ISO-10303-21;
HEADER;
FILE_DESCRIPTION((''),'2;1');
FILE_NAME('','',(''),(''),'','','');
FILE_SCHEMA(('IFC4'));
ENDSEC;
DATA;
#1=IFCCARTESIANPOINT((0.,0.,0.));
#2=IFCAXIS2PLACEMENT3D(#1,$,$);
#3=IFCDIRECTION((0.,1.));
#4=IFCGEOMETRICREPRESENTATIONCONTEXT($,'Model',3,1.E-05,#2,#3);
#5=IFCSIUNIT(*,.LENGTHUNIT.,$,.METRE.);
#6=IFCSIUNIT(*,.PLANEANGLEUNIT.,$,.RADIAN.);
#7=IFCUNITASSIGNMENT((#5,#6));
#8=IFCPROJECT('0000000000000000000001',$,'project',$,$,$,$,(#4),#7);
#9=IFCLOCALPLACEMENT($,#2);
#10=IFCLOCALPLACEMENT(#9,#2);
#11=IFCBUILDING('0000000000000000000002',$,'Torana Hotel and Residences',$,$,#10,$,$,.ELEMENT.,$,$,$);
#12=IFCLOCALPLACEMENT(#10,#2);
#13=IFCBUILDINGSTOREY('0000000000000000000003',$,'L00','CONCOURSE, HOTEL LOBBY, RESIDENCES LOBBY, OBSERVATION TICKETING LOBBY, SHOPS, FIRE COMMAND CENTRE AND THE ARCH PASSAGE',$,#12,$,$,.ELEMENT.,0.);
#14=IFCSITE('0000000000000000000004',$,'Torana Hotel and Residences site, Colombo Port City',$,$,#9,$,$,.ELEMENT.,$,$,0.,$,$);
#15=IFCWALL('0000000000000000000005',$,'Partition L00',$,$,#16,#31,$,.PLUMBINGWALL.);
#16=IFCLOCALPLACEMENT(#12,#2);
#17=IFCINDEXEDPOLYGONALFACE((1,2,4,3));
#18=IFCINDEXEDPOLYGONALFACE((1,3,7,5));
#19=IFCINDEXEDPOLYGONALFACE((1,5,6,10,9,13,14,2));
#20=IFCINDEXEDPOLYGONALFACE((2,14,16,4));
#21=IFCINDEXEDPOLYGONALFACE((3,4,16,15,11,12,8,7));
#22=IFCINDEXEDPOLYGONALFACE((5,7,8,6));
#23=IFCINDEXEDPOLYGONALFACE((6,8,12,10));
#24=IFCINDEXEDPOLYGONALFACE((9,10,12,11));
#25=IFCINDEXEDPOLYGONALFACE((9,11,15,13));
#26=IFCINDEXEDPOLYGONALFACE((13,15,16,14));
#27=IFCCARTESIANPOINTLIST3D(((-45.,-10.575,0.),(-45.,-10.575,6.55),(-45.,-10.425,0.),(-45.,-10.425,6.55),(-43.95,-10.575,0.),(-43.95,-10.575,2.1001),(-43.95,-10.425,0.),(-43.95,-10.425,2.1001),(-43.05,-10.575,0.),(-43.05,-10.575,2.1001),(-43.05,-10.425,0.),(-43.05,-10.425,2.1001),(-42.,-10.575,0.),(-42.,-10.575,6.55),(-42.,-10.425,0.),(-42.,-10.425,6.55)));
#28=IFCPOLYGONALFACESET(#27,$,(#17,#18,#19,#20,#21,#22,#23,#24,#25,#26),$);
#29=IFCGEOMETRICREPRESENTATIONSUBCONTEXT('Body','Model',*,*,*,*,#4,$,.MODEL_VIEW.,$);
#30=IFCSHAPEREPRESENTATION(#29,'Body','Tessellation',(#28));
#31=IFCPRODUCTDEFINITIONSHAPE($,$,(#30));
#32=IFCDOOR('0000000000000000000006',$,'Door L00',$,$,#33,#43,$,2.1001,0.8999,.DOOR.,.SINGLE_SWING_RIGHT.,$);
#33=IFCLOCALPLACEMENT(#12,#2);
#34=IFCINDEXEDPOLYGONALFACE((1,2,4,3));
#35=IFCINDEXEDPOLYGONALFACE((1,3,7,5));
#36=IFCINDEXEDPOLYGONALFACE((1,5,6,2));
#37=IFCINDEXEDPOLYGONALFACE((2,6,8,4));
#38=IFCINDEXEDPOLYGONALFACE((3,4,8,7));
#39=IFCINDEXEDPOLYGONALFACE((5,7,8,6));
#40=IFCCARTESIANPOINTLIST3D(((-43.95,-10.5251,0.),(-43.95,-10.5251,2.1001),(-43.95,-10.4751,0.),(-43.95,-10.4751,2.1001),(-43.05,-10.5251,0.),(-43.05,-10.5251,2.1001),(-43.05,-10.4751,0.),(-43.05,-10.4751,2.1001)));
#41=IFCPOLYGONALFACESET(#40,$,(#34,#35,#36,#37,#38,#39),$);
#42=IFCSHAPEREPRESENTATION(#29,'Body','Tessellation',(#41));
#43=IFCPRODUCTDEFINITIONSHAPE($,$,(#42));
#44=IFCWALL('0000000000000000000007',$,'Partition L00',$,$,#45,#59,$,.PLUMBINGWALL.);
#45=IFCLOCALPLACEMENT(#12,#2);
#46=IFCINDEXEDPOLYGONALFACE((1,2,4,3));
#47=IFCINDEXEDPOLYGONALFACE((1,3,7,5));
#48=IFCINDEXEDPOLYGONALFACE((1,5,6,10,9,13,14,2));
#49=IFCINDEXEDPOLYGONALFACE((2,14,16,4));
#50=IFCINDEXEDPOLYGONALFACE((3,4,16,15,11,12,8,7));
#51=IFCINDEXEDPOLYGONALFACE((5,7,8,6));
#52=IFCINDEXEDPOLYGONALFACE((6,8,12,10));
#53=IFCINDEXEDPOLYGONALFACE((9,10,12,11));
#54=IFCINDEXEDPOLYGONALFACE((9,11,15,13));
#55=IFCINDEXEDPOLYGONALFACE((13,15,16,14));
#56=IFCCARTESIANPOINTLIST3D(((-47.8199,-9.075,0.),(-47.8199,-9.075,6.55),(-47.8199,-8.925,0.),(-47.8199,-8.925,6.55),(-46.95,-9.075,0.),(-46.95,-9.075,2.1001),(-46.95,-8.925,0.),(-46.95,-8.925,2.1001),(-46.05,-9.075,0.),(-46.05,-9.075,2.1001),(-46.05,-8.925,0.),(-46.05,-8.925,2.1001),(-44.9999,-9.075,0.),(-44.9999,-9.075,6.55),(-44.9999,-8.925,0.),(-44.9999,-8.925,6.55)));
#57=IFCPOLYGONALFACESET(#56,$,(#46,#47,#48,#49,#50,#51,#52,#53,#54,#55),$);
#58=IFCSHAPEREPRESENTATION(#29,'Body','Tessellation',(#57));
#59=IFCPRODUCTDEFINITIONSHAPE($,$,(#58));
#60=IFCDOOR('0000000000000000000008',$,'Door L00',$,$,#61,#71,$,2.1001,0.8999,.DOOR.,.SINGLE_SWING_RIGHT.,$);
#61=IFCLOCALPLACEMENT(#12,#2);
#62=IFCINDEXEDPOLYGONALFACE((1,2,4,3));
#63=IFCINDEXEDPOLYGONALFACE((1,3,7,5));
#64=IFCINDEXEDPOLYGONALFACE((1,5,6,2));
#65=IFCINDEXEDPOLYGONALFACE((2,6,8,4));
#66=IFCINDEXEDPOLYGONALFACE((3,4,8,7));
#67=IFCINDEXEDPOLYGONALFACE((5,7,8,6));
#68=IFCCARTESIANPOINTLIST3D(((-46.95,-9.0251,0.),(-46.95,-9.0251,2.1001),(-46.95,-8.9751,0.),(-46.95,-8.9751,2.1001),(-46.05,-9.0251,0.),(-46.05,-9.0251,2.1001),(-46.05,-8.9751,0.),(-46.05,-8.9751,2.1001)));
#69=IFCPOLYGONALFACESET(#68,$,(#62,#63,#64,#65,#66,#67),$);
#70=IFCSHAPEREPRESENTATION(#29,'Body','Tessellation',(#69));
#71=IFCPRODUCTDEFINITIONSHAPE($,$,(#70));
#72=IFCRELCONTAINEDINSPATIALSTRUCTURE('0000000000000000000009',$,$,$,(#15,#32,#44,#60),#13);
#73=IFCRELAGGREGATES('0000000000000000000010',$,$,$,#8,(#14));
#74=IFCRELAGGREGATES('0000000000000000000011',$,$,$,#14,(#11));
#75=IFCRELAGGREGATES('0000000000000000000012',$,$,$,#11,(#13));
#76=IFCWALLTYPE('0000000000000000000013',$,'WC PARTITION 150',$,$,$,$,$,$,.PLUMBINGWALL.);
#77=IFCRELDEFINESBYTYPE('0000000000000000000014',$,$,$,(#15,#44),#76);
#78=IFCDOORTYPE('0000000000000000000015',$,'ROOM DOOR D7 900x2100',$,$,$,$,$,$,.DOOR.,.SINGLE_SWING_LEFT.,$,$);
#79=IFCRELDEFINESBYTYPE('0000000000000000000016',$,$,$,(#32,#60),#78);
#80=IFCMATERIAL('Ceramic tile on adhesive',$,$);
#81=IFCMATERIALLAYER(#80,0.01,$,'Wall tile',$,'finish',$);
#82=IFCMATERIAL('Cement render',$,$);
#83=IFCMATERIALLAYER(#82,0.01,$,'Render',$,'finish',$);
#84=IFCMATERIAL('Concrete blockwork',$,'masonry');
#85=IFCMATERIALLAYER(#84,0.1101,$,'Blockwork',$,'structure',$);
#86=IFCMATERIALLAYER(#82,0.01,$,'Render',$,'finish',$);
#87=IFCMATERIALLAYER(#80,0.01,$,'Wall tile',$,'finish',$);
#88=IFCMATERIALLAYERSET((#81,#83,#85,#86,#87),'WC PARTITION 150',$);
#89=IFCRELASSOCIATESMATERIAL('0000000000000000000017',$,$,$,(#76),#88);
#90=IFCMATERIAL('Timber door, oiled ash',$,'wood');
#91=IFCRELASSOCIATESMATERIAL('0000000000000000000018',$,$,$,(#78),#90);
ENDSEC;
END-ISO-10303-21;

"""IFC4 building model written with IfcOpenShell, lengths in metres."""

from ifc_helpers import new_model, si_unit, direction, frame, frame_2d, origin, place, context, subcontext, project, spatial, rectangle, extrude, material, layer, layer_set, type_object, element, fill, save


model = new_model("IFC4")

# Units and contexts
model_context = context("Model", 3, precision=1e-05, world=origin(), true_north=direction((0.0, 1.0)))
body_context = subcontext(model_context, "Body", "Model", "MODEL_VIEW")
ifc_project = project(units=[si_unit("LENGTHUNIT", "METRE"), si_unit("PLANEANGLEUNIT", "RADIAN")], contexts=[model_context])

# Site, building, storey
site_placement = place(None, origin())
site = spatial("IfcSite", under=ifc_project, at=site_placement, Name="Torana Hotel and Residences site, Colombo Port City", CompositionType="ELEMENT", RefElevation=0.0)
building_placement = place(site_placement, origin())
building = spatial("IfcBuilding", under=site, at=building_placement, Name="Torana Hotel and Residences", CompositionType="ELEMENT")
storey_placement = place(building_placement, origin())
storey = spatial("IfcBuildingStorey", under=building, at=storey_placement, Name="L00", Description="CONCOURSE, HOTEL LOBBY, RESIDENCES LOBBY, OBSERVATION TICKETING LOBBY, SHOPS, FIRE COMMAND CENTRE AND THE ARCH PASSAGE", CompositionType="ELEMENT", Elevation=0.0)

# Walls, openings, doors
ifc_material_1 = material(Name="Ceramic tile on adhesive")
ifc_layer_1 = layer(ifc_material_1, 0.01, Name="Wall tile", Category="finish")
ifc_material_2 = material(Name="Cement render")
ifc_layer_2 = layer(ifc_material_2, 0.01, Name="Render", Category="finish")
ifc_material_3 = material(Name="Concrete blockwork", Category="masonry")
ifc_layer_3 = layer(ifc_material_3, 0.1101, Name="Blockwork", Category="structure")
ifc_layer_4 = layer(ifc_material_2, 0.01, Name="Render", Category="finish")
ifc_layer_5 = layer(ifc_material_1, 0.01, Name="Wall tile", Category="finish")
ifc_layer_set_1 = layer_set([ifc_layer_1, ifc_layer_2, ifc_layer_3, ifc_layer_4, ifc_layer_5], Name="WC PARTITION 150")
wall_type_1 = type_object("IfcWallType", Name="WC PARTITION 150", PredefinedType="PLUMBINGWALL", material=ifc_layer_set_1)
wall_1_placement = place(storey_placement, frame((-45.0, -10.5, 0.0), z_axis=(0.0, 0.0, 1.0), x_axis=(1.0, 0.0, 0.0)))
wall_1 = element("IfcWall", 1, at=wall_1_placement, inside=storey, type_object=wall_type_1, Name="Partition L00", PredefinedType="PLUMBINGWALL", context=body_context, shape_type="SweptSolid", body=[
    extrude(rectangle(XDim=3.0, YDim=0.1499, at=frame_2d((1.5, 0.0))), origin(), (0.0, 0.0, 1.0), 6.55),
])
opening_1_placement = place(wall_1_placement, frame((1.05, 0.0, 0.0)))
opening_1 = element("IfcOpeningElement", 2, at=opening_1_placement, cuts=wall_1, PredefinedType="OPENING", context=body_context, shape_type="SweptSolid", body=[
    extrude(rectangle(XDim=0.8999, YDim=2.1001, at=frame_2d((0.45, 1.05))), frame((0.0, 0.085, 0.0), z_axis=(0.0, -1.0, 0.0), x_axis=(1.0, 0.0, 0.0)), (0.0, 0.0, 1.0), 0.1699),
])
ifc_material_4 = material(Name="Timber door, oiled ash", Category="wood")
door_type = type_object("IfcDoorType", Name="ROOM DOOR D7 900x2100", OperationType="SINGLE_SWING_LEFT", PredefinedType="DOOR", material=ifc_material_4)
door_1_placement = place(opening_1_placement, origin())
door_1 = element("IfcDoor", 3, at=door_1_placement, inside=storey, type_object=door_type, Name="Door L00", OperationType="SINGLE_SWING_RIGHT", OverallHeight=2.1001, OverallWidth=0.8999, PredefinedType="DOOR", context=body_context, shape_type="SweptSolid", body=[
    extrude(rectangle(XDim=0.8999, YDim=2.1001, at=frame_2d((0.45, 1.05))), frame((0.0, 0.0249, 0.0), z_axis=(0.0, -1.0, 0.0), x_axis=(1.0, 0.0, 0.0)), (0.0, 0.0, 1.0), 0.05),
])
fill(opening_1, door_1)
wall_2_placement = place(storey_placement, frame((-47.8201, -9.0, 0.0), z_axis=(0.0, 0.0, 1.0), x_axis=(1.0, 0.0, 0.0)))
wall_2 = element("IfcWall", 4, at=wall_2_placement, inside=storey, type_object=wall_type_1, Name="Partition L00", PredefinedType="PLUMBINGWALL", context=body_context, shape_type="SweptSolid", body=[
    extrude(rectangle(XDim=2.8201, YDim=0.1499, at=frame_2d((1.4102, 0.0))), origin(), (0.0, 0.0, 1.0), 6.55),
])
opening_2_placement = place(wall_2_placement, frame((0.8701, 0.0, 0.0)))
opening_2 = element("IfcOpeningElement", 5, at=opening_2_placement, cuts=wall_2, PredefinedType="OPENING", context=body_context, shape_type="SweptSolid", body=[
    extrude(rectangle(XDim=0.8999, YDim=2.1001, at=frame_2d((0.45, 1.05))), frame((0.0, 0.085, 0.0), z_axis=(0.0, -1.0, 0.0), x_axis=(1.0, 0.0, 0.0)), (0.0, 0.0, 1.0), 0.1699),
])
door_2_placement = place(opening_2_placement, origin())
door_2 = element("IfcDoor", 6, at=door_2_placement, inside=storey, type_object=door_type, Name="Door L00", OperationType="SINGLE_SWING_RIGHT", OverallHeight=2.1001, OverallWidth=0.8999, PredefinedType="DOOR", context=body_context, shape_type="SweptSolid", body=[
    extrude(rectangle(XDim=0.8999, YDim=2.1001, at=frame_2d((0.45, 1.05))), frame((0.0, 0.0249, 0.0), z_axis=(0.0, -1.0, 0.0), x_axis=(1.0, 0.0, 0.0)), (0.0, 0.0, 1.0), 0.05),
])
fill(opening_2, door_2)

save(model, "model.ifc")
